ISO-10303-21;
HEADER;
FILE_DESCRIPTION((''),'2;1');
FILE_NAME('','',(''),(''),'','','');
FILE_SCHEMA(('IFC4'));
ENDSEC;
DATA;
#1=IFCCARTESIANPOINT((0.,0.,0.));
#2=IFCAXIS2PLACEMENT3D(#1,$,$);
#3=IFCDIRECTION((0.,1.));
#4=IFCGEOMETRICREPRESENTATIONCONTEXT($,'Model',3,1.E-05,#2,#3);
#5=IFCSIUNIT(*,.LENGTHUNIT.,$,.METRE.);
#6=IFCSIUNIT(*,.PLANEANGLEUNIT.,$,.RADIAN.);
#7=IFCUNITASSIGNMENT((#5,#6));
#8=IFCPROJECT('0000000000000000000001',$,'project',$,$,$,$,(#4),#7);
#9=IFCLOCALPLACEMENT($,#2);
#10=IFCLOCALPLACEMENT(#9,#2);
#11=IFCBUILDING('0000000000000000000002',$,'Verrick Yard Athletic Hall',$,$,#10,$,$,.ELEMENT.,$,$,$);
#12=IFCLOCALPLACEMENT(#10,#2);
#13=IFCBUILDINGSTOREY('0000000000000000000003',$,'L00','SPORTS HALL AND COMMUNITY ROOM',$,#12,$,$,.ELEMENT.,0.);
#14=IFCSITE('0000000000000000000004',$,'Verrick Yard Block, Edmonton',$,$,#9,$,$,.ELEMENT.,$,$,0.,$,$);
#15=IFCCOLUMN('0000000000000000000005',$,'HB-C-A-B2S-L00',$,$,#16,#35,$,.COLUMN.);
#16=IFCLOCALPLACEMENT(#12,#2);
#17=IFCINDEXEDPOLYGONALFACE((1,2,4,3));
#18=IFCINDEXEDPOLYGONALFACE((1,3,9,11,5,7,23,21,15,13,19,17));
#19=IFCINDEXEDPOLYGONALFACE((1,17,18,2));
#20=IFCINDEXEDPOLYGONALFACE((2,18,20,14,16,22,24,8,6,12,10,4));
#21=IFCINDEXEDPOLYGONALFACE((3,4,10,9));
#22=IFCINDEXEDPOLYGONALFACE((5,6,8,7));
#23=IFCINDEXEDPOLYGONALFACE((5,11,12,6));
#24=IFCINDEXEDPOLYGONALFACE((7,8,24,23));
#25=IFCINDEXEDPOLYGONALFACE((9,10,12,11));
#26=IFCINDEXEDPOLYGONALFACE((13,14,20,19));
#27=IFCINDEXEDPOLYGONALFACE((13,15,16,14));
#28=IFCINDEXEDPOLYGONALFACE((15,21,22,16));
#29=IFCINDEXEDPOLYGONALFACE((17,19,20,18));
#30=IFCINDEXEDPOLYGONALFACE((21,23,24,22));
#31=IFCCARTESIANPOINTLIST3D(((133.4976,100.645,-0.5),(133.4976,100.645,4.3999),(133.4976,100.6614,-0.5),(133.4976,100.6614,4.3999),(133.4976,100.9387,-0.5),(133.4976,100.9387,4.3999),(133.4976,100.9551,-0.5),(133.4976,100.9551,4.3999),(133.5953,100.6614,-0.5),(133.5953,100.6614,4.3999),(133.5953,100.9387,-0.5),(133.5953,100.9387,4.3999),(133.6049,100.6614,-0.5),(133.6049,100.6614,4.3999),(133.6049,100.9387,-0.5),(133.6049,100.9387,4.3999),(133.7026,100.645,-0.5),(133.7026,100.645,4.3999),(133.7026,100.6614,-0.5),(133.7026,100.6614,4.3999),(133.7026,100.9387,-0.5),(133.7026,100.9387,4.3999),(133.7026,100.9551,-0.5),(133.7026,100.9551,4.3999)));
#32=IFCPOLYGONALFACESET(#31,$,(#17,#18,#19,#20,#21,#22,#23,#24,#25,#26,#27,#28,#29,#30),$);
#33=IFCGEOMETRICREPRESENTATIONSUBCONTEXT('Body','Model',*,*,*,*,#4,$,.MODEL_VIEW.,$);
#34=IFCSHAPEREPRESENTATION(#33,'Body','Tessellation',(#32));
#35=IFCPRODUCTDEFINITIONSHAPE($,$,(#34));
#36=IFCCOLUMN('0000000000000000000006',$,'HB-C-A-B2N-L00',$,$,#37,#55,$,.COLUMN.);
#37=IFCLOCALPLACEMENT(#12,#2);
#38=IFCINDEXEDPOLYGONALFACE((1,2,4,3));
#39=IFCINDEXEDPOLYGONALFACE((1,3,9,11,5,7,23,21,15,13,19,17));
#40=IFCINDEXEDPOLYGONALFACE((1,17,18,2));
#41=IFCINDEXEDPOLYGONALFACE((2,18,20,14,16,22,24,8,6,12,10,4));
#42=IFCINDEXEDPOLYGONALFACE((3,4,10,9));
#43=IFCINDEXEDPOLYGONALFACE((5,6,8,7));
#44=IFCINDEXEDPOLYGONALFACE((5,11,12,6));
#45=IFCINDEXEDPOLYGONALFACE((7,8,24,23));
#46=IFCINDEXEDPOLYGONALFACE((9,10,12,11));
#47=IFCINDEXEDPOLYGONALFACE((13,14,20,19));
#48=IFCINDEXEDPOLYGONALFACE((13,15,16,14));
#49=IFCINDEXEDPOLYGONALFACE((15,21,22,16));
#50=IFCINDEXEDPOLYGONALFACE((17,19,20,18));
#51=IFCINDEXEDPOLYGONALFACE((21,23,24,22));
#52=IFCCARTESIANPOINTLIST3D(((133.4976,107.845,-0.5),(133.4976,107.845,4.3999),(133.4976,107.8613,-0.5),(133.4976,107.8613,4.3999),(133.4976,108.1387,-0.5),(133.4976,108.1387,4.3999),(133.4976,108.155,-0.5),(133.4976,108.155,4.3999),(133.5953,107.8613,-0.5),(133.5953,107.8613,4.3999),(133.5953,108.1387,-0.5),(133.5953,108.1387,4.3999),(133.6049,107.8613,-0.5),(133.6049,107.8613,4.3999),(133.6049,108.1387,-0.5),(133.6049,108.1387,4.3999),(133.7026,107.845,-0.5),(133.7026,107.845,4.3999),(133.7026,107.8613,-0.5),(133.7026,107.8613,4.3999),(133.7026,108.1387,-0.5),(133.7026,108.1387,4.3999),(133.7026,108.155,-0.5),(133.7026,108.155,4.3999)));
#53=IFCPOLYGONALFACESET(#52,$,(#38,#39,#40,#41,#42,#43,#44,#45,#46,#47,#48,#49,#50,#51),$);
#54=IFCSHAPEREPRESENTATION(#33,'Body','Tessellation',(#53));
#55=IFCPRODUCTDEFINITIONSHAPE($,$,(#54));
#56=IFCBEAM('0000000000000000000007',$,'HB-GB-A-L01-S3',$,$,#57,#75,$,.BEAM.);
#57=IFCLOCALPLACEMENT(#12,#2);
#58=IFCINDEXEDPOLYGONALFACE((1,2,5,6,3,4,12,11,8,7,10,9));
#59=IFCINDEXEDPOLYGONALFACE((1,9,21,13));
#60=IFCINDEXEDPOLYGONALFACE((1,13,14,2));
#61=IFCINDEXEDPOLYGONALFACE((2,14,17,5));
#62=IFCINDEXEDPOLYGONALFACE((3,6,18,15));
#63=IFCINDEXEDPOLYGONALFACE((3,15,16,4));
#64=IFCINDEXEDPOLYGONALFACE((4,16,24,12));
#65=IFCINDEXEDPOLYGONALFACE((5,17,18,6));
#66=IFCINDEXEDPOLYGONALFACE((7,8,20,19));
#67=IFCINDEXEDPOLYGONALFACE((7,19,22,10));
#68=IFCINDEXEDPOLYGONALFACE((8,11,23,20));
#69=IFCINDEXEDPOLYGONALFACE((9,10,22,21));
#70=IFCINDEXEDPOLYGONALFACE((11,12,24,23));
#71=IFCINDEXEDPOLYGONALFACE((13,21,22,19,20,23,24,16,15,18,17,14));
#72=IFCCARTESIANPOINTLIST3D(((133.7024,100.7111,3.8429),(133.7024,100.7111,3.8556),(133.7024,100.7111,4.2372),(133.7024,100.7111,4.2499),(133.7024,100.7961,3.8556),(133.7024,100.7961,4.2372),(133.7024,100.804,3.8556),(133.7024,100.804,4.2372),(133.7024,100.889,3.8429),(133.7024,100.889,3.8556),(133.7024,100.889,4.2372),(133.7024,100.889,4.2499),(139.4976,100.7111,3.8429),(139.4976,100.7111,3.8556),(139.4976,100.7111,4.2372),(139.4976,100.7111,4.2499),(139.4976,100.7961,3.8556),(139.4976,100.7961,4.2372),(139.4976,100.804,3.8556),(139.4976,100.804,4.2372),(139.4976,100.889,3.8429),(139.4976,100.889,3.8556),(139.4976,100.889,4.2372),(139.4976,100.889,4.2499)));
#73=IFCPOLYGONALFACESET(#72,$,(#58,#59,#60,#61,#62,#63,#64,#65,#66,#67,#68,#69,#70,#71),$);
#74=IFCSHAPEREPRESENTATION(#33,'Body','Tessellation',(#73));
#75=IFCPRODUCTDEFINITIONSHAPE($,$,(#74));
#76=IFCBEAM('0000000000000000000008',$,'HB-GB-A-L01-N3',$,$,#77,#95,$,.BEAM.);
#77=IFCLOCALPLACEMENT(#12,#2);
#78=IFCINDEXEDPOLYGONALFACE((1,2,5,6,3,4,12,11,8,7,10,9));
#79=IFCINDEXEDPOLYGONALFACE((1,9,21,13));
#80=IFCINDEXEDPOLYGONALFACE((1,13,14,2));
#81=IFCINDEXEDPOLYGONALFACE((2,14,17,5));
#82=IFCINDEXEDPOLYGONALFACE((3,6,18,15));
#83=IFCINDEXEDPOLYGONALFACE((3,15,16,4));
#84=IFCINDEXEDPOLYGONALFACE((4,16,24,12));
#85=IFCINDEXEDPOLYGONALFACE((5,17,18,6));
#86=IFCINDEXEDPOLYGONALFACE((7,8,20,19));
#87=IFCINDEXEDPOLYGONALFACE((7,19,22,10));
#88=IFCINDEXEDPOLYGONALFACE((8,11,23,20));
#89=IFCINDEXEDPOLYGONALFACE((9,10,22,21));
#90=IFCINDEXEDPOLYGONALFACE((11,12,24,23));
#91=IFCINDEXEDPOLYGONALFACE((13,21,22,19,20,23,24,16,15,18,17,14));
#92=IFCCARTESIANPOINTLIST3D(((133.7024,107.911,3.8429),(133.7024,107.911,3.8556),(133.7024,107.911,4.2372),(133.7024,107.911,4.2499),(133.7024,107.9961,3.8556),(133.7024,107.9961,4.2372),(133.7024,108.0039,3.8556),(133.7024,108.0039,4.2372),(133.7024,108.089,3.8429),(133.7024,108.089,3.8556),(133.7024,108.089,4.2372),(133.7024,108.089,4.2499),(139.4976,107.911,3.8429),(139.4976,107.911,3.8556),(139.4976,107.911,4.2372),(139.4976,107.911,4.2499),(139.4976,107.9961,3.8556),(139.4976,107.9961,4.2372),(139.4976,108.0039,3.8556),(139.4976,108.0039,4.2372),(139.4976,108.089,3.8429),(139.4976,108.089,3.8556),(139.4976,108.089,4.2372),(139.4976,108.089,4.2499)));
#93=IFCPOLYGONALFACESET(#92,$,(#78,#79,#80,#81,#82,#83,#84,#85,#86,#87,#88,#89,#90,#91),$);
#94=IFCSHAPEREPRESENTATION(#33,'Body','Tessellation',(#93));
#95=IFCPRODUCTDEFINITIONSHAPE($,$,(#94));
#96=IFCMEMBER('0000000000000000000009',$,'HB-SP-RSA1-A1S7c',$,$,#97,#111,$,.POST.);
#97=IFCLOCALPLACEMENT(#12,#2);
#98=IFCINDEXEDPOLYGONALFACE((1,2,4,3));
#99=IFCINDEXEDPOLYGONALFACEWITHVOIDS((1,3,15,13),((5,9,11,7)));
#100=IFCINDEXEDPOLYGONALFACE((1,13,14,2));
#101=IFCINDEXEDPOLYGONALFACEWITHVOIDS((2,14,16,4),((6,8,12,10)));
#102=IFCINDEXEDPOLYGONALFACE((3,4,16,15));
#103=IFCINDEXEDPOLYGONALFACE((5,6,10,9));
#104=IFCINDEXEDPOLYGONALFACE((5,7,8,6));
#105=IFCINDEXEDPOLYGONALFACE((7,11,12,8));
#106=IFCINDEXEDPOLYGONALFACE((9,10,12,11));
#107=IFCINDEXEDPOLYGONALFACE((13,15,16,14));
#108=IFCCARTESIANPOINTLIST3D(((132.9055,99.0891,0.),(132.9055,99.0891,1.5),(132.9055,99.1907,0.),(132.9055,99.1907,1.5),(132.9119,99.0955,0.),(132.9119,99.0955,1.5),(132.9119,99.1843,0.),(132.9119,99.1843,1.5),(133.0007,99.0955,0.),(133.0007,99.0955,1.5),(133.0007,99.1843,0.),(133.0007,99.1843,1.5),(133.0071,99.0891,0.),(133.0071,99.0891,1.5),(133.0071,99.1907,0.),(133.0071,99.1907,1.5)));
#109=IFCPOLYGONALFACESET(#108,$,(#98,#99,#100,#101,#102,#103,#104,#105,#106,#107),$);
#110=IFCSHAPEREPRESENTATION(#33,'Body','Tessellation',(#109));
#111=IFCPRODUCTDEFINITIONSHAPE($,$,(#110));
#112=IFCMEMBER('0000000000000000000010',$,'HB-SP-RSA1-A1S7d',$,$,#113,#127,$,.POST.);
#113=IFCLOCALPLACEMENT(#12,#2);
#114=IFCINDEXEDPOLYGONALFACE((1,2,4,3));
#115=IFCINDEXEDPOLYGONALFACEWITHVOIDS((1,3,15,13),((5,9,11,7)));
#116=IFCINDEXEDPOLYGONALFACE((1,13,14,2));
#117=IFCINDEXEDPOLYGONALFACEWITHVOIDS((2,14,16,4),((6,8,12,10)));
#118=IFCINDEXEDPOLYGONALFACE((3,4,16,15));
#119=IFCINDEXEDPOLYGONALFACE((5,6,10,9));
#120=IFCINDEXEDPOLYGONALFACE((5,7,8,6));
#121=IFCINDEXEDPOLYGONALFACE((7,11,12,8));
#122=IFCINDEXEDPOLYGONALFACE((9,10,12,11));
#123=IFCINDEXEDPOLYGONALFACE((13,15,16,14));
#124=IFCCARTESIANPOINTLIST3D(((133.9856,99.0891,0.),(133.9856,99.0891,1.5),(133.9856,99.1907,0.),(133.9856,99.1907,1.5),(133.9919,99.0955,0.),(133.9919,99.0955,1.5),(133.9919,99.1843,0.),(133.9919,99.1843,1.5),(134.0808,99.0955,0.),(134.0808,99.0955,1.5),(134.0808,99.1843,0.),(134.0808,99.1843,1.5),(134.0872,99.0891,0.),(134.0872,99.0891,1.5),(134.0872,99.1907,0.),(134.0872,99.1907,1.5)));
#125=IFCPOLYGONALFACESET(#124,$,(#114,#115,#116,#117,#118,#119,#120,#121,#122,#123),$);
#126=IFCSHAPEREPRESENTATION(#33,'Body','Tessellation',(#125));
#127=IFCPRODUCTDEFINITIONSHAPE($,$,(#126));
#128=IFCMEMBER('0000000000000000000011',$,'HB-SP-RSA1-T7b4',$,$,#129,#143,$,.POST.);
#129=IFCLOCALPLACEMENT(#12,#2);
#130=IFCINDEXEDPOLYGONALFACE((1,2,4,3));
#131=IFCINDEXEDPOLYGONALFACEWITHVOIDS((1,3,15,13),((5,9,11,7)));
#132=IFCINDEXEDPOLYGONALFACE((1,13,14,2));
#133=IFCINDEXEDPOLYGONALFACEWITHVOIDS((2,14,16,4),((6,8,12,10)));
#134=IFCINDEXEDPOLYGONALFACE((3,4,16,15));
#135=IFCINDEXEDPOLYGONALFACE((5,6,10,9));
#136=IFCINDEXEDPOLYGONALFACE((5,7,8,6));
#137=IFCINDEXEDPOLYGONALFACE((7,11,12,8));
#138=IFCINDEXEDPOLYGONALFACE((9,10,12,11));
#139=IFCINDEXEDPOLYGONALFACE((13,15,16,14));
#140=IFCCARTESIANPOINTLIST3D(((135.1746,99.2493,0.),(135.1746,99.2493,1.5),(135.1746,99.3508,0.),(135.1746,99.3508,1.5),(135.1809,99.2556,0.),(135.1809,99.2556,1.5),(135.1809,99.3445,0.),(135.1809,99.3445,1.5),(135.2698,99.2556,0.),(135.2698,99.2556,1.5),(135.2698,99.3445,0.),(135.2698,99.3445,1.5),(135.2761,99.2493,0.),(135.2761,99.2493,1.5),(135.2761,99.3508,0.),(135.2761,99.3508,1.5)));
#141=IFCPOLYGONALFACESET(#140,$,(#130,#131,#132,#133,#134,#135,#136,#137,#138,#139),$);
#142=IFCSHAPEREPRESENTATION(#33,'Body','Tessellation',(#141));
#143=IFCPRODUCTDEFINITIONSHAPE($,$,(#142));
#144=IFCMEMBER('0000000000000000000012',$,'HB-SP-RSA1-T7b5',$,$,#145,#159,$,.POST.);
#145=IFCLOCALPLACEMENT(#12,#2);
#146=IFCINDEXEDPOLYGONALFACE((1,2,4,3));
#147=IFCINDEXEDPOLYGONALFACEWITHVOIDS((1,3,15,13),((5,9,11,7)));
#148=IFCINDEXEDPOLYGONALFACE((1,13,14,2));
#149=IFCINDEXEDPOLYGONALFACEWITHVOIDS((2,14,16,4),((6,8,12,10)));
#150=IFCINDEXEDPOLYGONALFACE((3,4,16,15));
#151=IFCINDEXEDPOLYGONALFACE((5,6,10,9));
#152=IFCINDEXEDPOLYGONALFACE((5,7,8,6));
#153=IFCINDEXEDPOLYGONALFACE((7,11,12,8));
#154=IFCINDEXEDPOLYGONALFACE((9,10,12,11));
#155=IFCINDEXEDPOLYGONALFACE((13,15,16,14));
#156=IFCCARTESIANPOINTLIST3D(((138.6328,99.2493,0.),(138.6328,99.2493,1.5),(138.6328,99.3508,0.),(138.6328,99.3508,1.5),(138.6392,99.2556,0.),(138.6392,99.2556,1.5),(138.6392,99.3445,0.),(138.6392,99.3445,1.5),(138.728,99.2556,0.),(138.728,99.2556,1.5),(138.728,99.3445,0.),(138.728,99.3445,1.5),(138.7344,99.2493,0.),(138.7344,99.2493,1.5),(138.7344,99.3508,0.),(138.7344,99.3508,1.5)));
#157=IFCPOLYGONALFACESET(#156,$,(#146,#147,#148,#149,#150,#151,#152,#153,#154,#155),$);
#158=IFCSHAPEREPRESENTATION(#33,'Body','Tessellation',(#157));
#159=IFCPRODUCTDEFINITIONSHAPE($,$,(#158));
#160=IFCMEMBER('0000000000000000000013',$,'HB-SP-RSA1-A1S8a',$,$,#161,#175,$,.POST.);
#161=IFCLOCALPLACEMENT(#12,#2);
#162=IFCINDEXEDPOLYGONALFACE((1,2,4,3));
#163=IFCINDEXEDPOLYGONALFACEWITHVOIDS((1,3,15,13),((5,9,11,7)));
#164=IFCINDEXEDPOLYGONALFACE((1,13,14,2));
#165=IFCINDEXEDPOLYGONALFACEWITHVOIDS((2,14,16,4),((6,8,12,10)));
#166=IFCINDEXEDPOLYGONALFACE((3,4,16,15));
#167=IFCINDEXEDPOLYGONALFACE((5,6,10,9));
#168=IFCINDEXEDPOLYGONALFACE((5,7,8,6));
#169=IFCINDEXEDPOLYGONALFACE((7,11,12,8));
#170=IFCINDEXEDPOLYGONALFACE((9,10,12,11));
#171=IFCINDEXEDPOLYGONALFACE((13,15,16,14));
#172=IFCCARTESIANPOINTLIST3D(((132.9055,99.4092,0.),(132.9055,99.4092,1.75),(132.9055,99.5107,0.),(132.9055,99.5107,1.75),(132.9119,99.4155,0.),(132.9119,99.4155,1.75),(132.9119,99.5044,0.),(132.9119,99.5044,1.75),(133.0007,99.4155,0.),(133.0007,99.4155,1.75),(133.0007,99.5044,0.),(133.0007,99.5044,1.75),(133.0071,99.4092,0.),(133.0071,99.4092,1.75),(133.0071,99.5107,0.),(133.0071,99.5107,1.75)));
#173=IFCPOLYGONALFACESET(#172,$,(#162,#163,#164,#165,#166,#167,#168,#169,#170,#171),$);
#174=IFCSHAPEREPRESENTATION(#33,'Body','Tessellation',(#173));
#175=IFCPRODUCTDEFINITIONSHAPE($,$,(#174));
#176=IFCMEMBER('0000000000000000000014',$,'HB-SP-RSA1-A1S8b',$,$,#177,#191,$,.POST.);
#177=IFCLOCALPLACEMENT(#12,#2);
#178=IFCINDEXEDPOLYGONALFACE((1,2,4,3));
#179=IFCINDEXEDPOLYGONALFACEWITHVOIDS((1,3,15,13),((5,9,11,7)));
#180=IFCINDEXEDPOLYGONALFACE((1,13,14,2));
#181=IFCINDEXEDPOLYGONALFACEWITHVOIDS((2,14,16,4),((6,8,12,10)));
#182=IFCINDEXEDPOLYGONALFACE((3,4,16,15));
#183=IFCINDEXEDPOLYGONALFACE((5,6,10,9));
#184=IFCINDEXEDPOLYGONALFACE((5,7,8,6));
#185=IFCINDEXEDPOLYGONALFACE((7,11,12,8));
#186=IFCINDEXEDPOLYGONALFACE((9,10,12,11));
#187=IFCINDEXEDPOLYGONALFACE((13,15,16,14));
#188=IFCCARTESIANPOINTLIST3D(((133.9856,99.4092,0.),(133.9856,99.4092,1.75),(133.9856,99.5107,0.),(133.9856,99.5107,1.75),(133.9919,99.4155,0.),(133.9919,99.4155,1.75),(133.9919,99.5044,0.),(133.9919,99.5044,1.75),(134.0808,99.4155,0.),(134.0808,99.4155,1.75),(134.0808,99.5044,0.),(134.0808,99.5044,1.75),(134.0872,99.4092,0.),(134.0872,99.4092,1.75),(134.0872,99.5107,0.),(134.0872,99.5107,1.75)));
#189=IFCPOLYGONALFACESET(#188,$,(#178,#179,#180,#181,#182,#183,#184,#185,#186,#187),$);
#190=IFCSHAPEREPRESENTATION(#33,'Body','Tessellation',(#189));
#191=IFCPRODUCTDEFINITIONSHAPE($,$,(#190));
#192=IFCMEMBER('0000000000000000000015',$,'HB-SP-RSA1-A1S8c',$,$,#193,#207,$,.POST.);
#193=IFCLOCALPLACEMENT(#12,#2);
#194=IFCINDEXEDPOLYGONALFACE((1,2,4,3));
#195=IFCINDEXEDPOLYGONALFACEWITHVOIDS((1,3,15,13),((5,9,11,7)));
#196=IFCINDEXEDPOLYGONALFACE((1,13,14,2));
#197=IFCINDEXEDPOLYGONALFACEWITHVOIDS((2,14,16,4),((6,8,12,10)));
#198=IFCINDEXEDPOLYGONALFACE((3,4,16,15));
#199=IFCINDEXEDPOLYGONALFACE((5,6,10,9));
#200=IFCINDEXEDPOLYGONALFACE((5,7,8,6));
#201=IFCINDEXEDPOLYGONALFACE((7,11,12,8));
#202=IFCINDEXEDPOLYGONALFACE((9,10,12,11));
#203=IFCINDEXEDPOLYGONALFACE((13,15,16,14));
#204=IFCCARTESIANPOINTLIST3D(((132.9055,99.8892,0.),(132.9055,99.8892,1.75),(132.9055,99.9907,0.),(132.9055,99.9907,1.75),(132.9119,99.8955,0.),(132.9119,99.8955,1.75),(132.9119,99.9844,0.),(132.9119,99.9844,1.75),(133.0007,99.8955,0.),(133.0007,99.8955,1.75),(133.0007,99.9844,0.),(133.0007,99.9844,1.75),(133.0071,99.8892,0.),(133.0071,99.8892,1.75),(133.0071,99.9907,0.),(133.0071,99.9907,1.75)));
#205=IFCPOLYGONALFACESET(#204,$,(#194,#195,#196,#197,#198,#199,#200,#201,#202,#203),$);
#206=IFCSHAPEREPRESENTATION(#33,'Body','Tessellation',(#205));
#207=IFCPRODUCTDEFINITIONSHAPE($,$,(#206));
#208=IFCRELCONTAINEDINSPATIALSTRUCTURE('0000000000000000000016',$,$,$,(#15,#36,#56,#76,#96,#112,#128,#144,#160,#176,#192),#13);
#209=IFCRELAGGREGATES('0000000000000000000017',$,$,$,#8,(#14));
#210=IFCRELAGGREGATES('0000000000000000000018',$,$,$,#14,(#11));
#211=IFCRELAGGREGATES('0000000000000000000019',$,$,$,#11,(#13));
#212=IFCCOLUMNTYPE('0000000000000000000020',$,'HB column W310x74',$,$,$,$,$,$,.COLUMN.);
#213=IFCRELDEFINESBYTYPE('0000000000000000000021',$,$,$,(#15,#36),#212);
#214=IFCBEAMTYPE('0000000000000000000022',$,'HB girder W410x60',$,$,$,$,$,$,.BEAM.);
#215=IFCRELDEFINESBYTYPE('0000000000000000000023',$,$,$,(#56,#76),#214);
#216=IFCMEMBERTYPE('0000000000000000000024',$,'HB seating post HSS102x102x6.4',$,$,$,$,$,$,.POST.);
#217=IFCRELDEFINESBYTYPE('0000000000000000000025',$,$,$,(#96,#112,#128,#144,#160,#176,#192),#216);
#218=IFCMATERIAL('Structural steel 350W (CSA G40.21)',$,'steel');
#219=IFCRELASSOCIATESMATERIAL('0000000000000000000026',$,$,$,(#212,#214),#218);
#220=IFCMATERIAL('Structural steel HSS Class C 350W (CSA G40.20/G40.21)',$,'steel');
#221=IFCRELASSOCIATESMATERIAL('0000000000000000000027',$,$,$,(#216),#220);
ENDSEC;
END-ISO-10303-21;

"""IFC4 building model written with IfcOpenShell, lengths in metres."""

from ifc_helpers import new_model, si_unit, direction, frame, origin, origin_2d, place, context, subcontext, project, spatial, hollow_rectangle, i_section, extrude, material, material_profile, profile_set, type_object, element, save


model = new_model("IFC4")

# Units and contexts
model_context = context("Model", 3, precision=1e-05, world=origin(), true_north=direction((0.0, 1.0)))
body_context = subcontext(model_context, "Body", "Model", "MODEL_VIEW")
ifc_project = project(units=[si_unit("LENGTHUNIT", "METRE"), si_unit("PLANEANGLEUNIT", "RADIAN")], contexts=[model_context])

# Site, building, storey
site_placement = place(None, origin())
site = spatial("IfcSite", under=ifc_project, at=site_placement, Name="Verrick Yard Block, Edmonton", CompositionType="ELEMENT", RefElevation=0.0)
building_placement = place(site_placement, origin())
building = spatial("IfcBuilding", under=site, at=building_placement, Name="Verrick Yard Athletic Hall", CompositionType="ELEMENT")
storey_placement = place(building_placement, origin())
storey = spatial("IfcBuildingStorey", under=building, at=storey_placement, Name="L00", Description="SPORTS HALL AND COMMUNITY ROOM", CompositionType="ELEMENT", Elevation=0.0)

# Columns
ifc_material_1 = material(Name="Structural steel 350W (CSA G40.21)", Category="steel")
ifc_material_profile_1 = material_profile(ifc_material_1, i_section(OverallWidth=0.2051, OverallDepth=0.3101, WebThickness=0.0095, FlangeThickness=0.0164, at=origin_2d()), Name="W310x74")
ifc_profile_set_1 = profile_set([ifc_material_profile_1], Name="Structural steel 350W (CSA G40.21)")
column_type = type_object("IfcColumnType", Name="HB column W310x74", PredefinedType="COLUMN", material=ifc_profile_set_1)
for number, where, z_axis, x_axis, name in (
    (1, (133.6001, 100.8, -0.5), (0.0, 0.0, 1.0), (1.0, 0.0, 0.0), "HB-C-A-B2S-L00"),
    (2, (133.6001, 108.0, -0.5), (0.0, 0.0, 1.0), (1.0, 0.0, 0.0), "HB-C-A-B2N-L00"),
):
    element("IfcColumn", number, at=place(storey_placement, frame(where, z_axis=z_axis, x_axis=x_axis)), inside=storey, type_object=column_type, Name=name, PredefinedType="COLUMN", context=body_context, shape_type="SweptSolid", body=[
        extrude(i_section(OverallWidth=0.2051, OverallDepth=0.3101, WebThickness=0.0095, FlangeThickness=0.0164, at=origin_2d()), origin(), (0.0, 0.0, 1.0), 4.8999),
    ])

# Beams
ifc_material_profile_2 = material_profile(ifc_material_1, i_section(OverallWidth=0.178, OverallDepth=0.407, WebThickness=0.0078, FlangeThickness=0.0127, at=origin_2d()), Name="W410x60")
ifc_profile_set_2 = profile_set([ifc_material_profile_2], Name="Structural steel 350W (CSA G40.21)")
beam_type_1 = type_object("IfcBeamType", Name="HB girder W410x60", PredefinedType="BEAM", material=ifc_profile_set_2)
for number, where, z_axis, x_axis, name in (
    (3, (133.7024, 100.8, 4.0464), (1.0, 0.0, 0.0), (0.0, 1.0, 0.0), "HB-GB-A-L01-S3"),
    (4, (133.7024, 108.0, 4.0464), (1.0, 0.0, 0.0), (0.0, 1.0, 0.0), "HB-GB-A-L01-N3"),
):
    element("IfcBeam", number, at=place(storey_placement, frame(where, z_axis=z_axis, x_axis=x_axis)), inside=storey, type_object=beam_type_1, Name=name, PredefinedType="BEAM", context=body_context, shape_type="SweptSolid", body=[
        extrude(i_section(OverallWidth=0.178, OverallDepth=0.407, WebThickness=0.0078, FlangeThickness=0.0127, at=origin_2d()), origin(), (0.0, 0.0, 1.0), 5.7952),
    ])

# Members
ifc_material_2 = material(Name="Structural steel HSS Class C 350W (CSA G40.20/G40.21)", Category="steel")
ifc_material_profile_3 = material_profile(ifc_material_2, hollow_rectangle(XDim=0.1016, YDim=0.1016, WallThickness=0.0063, at=origin_2d()), Name="HSS102x102x6.4")
ifc_profile_set_3 = profile_set([ifc_material_profile_3], Name="Structural steel HSS Class C 350W (CSA G40.20/G40.21)")
member_type = type_object("IfcMemberType", Name="HB seating post HSS102x102x6.4", PredefinedType="POST", material=ifc_profile_set_3)
for number, where, z_axis, x_axis, name in (
    (5, (132.9563, 99.1399, 0.0), (0.0, 0.0, 1.0), (0.0, 1.0, 0.0), "HB-SP-RSA1-A1S7c"),
    (6, (134.0364, 99.1399, 0.0), (0.0, 0.0, 1.0), (0.0, 1.0, 0.0), "HB-SP-RSA1-A1S7d"),
    (7, (135.2253, 99.3, 0.0), (0.0, 0.0, 1.0), (0.0, 1.0, 0.0), "HB-SP-RSA1-T7b4"),
    (8, (138.6836, 99.3, 0.0), (0.0, 0.0, 1.0), (0.0, 1.0, 0.0), "HB-SP-RSA1-T7b5"),
):
    element("IfcMember", number, at=place(storey_placement, frame(where, z_axis=z_axis, x_axis=x_axis)), inside=storey, type_object=member_type, Name=name, PredefinedType="POST", context=body_context, shape_type="SweptSolid", body=[
        extrude(hollow_rectangle(XDim=0.1016, YDim=0.1016, WallThickness=0.0063, at=origin_2d()), origin(), (0.0, 0.0, 1.0), 1.5),
    ])
for number, where, z_axis, x_axis, name in (
    (9, (132.9563, 99.46, 0.0), (0.0, 0.0, 1.0), (0.0, 1.0, 0.0), "HB-SP-RSA1-A1S8a"),
    (10, (134.0364, 99.46, 0.0), (0.0, 0.0, 1.0), (0.0, 1.0, 0.0), "HB-SP-RSA1-A1S8b"),
    (11, (132.9563, 99.9399, 0.0), (0.0, 0.0, 1.0), (0.0, 1.0, 0.0), "HB-SP-RSA1-A1S8c"),
):
    element("IfcMember", number, at=place(storey_placement, frame(where, z_axis=z_axis, x_axis=x_axis)), inside=storey, type_object=member_type, Name=name, PredefinedType="POST", context=body_context, shape_type="SweptSolid", body=[
        extrude(hollow_rectangle(XDim=0.1016, YDim=0.1016, WallThickness=0.0063, at=origin_2d()), origin(), (0.0, 0.0, 1.0), 1.75),
    ])

save(model, "model.ifc")
